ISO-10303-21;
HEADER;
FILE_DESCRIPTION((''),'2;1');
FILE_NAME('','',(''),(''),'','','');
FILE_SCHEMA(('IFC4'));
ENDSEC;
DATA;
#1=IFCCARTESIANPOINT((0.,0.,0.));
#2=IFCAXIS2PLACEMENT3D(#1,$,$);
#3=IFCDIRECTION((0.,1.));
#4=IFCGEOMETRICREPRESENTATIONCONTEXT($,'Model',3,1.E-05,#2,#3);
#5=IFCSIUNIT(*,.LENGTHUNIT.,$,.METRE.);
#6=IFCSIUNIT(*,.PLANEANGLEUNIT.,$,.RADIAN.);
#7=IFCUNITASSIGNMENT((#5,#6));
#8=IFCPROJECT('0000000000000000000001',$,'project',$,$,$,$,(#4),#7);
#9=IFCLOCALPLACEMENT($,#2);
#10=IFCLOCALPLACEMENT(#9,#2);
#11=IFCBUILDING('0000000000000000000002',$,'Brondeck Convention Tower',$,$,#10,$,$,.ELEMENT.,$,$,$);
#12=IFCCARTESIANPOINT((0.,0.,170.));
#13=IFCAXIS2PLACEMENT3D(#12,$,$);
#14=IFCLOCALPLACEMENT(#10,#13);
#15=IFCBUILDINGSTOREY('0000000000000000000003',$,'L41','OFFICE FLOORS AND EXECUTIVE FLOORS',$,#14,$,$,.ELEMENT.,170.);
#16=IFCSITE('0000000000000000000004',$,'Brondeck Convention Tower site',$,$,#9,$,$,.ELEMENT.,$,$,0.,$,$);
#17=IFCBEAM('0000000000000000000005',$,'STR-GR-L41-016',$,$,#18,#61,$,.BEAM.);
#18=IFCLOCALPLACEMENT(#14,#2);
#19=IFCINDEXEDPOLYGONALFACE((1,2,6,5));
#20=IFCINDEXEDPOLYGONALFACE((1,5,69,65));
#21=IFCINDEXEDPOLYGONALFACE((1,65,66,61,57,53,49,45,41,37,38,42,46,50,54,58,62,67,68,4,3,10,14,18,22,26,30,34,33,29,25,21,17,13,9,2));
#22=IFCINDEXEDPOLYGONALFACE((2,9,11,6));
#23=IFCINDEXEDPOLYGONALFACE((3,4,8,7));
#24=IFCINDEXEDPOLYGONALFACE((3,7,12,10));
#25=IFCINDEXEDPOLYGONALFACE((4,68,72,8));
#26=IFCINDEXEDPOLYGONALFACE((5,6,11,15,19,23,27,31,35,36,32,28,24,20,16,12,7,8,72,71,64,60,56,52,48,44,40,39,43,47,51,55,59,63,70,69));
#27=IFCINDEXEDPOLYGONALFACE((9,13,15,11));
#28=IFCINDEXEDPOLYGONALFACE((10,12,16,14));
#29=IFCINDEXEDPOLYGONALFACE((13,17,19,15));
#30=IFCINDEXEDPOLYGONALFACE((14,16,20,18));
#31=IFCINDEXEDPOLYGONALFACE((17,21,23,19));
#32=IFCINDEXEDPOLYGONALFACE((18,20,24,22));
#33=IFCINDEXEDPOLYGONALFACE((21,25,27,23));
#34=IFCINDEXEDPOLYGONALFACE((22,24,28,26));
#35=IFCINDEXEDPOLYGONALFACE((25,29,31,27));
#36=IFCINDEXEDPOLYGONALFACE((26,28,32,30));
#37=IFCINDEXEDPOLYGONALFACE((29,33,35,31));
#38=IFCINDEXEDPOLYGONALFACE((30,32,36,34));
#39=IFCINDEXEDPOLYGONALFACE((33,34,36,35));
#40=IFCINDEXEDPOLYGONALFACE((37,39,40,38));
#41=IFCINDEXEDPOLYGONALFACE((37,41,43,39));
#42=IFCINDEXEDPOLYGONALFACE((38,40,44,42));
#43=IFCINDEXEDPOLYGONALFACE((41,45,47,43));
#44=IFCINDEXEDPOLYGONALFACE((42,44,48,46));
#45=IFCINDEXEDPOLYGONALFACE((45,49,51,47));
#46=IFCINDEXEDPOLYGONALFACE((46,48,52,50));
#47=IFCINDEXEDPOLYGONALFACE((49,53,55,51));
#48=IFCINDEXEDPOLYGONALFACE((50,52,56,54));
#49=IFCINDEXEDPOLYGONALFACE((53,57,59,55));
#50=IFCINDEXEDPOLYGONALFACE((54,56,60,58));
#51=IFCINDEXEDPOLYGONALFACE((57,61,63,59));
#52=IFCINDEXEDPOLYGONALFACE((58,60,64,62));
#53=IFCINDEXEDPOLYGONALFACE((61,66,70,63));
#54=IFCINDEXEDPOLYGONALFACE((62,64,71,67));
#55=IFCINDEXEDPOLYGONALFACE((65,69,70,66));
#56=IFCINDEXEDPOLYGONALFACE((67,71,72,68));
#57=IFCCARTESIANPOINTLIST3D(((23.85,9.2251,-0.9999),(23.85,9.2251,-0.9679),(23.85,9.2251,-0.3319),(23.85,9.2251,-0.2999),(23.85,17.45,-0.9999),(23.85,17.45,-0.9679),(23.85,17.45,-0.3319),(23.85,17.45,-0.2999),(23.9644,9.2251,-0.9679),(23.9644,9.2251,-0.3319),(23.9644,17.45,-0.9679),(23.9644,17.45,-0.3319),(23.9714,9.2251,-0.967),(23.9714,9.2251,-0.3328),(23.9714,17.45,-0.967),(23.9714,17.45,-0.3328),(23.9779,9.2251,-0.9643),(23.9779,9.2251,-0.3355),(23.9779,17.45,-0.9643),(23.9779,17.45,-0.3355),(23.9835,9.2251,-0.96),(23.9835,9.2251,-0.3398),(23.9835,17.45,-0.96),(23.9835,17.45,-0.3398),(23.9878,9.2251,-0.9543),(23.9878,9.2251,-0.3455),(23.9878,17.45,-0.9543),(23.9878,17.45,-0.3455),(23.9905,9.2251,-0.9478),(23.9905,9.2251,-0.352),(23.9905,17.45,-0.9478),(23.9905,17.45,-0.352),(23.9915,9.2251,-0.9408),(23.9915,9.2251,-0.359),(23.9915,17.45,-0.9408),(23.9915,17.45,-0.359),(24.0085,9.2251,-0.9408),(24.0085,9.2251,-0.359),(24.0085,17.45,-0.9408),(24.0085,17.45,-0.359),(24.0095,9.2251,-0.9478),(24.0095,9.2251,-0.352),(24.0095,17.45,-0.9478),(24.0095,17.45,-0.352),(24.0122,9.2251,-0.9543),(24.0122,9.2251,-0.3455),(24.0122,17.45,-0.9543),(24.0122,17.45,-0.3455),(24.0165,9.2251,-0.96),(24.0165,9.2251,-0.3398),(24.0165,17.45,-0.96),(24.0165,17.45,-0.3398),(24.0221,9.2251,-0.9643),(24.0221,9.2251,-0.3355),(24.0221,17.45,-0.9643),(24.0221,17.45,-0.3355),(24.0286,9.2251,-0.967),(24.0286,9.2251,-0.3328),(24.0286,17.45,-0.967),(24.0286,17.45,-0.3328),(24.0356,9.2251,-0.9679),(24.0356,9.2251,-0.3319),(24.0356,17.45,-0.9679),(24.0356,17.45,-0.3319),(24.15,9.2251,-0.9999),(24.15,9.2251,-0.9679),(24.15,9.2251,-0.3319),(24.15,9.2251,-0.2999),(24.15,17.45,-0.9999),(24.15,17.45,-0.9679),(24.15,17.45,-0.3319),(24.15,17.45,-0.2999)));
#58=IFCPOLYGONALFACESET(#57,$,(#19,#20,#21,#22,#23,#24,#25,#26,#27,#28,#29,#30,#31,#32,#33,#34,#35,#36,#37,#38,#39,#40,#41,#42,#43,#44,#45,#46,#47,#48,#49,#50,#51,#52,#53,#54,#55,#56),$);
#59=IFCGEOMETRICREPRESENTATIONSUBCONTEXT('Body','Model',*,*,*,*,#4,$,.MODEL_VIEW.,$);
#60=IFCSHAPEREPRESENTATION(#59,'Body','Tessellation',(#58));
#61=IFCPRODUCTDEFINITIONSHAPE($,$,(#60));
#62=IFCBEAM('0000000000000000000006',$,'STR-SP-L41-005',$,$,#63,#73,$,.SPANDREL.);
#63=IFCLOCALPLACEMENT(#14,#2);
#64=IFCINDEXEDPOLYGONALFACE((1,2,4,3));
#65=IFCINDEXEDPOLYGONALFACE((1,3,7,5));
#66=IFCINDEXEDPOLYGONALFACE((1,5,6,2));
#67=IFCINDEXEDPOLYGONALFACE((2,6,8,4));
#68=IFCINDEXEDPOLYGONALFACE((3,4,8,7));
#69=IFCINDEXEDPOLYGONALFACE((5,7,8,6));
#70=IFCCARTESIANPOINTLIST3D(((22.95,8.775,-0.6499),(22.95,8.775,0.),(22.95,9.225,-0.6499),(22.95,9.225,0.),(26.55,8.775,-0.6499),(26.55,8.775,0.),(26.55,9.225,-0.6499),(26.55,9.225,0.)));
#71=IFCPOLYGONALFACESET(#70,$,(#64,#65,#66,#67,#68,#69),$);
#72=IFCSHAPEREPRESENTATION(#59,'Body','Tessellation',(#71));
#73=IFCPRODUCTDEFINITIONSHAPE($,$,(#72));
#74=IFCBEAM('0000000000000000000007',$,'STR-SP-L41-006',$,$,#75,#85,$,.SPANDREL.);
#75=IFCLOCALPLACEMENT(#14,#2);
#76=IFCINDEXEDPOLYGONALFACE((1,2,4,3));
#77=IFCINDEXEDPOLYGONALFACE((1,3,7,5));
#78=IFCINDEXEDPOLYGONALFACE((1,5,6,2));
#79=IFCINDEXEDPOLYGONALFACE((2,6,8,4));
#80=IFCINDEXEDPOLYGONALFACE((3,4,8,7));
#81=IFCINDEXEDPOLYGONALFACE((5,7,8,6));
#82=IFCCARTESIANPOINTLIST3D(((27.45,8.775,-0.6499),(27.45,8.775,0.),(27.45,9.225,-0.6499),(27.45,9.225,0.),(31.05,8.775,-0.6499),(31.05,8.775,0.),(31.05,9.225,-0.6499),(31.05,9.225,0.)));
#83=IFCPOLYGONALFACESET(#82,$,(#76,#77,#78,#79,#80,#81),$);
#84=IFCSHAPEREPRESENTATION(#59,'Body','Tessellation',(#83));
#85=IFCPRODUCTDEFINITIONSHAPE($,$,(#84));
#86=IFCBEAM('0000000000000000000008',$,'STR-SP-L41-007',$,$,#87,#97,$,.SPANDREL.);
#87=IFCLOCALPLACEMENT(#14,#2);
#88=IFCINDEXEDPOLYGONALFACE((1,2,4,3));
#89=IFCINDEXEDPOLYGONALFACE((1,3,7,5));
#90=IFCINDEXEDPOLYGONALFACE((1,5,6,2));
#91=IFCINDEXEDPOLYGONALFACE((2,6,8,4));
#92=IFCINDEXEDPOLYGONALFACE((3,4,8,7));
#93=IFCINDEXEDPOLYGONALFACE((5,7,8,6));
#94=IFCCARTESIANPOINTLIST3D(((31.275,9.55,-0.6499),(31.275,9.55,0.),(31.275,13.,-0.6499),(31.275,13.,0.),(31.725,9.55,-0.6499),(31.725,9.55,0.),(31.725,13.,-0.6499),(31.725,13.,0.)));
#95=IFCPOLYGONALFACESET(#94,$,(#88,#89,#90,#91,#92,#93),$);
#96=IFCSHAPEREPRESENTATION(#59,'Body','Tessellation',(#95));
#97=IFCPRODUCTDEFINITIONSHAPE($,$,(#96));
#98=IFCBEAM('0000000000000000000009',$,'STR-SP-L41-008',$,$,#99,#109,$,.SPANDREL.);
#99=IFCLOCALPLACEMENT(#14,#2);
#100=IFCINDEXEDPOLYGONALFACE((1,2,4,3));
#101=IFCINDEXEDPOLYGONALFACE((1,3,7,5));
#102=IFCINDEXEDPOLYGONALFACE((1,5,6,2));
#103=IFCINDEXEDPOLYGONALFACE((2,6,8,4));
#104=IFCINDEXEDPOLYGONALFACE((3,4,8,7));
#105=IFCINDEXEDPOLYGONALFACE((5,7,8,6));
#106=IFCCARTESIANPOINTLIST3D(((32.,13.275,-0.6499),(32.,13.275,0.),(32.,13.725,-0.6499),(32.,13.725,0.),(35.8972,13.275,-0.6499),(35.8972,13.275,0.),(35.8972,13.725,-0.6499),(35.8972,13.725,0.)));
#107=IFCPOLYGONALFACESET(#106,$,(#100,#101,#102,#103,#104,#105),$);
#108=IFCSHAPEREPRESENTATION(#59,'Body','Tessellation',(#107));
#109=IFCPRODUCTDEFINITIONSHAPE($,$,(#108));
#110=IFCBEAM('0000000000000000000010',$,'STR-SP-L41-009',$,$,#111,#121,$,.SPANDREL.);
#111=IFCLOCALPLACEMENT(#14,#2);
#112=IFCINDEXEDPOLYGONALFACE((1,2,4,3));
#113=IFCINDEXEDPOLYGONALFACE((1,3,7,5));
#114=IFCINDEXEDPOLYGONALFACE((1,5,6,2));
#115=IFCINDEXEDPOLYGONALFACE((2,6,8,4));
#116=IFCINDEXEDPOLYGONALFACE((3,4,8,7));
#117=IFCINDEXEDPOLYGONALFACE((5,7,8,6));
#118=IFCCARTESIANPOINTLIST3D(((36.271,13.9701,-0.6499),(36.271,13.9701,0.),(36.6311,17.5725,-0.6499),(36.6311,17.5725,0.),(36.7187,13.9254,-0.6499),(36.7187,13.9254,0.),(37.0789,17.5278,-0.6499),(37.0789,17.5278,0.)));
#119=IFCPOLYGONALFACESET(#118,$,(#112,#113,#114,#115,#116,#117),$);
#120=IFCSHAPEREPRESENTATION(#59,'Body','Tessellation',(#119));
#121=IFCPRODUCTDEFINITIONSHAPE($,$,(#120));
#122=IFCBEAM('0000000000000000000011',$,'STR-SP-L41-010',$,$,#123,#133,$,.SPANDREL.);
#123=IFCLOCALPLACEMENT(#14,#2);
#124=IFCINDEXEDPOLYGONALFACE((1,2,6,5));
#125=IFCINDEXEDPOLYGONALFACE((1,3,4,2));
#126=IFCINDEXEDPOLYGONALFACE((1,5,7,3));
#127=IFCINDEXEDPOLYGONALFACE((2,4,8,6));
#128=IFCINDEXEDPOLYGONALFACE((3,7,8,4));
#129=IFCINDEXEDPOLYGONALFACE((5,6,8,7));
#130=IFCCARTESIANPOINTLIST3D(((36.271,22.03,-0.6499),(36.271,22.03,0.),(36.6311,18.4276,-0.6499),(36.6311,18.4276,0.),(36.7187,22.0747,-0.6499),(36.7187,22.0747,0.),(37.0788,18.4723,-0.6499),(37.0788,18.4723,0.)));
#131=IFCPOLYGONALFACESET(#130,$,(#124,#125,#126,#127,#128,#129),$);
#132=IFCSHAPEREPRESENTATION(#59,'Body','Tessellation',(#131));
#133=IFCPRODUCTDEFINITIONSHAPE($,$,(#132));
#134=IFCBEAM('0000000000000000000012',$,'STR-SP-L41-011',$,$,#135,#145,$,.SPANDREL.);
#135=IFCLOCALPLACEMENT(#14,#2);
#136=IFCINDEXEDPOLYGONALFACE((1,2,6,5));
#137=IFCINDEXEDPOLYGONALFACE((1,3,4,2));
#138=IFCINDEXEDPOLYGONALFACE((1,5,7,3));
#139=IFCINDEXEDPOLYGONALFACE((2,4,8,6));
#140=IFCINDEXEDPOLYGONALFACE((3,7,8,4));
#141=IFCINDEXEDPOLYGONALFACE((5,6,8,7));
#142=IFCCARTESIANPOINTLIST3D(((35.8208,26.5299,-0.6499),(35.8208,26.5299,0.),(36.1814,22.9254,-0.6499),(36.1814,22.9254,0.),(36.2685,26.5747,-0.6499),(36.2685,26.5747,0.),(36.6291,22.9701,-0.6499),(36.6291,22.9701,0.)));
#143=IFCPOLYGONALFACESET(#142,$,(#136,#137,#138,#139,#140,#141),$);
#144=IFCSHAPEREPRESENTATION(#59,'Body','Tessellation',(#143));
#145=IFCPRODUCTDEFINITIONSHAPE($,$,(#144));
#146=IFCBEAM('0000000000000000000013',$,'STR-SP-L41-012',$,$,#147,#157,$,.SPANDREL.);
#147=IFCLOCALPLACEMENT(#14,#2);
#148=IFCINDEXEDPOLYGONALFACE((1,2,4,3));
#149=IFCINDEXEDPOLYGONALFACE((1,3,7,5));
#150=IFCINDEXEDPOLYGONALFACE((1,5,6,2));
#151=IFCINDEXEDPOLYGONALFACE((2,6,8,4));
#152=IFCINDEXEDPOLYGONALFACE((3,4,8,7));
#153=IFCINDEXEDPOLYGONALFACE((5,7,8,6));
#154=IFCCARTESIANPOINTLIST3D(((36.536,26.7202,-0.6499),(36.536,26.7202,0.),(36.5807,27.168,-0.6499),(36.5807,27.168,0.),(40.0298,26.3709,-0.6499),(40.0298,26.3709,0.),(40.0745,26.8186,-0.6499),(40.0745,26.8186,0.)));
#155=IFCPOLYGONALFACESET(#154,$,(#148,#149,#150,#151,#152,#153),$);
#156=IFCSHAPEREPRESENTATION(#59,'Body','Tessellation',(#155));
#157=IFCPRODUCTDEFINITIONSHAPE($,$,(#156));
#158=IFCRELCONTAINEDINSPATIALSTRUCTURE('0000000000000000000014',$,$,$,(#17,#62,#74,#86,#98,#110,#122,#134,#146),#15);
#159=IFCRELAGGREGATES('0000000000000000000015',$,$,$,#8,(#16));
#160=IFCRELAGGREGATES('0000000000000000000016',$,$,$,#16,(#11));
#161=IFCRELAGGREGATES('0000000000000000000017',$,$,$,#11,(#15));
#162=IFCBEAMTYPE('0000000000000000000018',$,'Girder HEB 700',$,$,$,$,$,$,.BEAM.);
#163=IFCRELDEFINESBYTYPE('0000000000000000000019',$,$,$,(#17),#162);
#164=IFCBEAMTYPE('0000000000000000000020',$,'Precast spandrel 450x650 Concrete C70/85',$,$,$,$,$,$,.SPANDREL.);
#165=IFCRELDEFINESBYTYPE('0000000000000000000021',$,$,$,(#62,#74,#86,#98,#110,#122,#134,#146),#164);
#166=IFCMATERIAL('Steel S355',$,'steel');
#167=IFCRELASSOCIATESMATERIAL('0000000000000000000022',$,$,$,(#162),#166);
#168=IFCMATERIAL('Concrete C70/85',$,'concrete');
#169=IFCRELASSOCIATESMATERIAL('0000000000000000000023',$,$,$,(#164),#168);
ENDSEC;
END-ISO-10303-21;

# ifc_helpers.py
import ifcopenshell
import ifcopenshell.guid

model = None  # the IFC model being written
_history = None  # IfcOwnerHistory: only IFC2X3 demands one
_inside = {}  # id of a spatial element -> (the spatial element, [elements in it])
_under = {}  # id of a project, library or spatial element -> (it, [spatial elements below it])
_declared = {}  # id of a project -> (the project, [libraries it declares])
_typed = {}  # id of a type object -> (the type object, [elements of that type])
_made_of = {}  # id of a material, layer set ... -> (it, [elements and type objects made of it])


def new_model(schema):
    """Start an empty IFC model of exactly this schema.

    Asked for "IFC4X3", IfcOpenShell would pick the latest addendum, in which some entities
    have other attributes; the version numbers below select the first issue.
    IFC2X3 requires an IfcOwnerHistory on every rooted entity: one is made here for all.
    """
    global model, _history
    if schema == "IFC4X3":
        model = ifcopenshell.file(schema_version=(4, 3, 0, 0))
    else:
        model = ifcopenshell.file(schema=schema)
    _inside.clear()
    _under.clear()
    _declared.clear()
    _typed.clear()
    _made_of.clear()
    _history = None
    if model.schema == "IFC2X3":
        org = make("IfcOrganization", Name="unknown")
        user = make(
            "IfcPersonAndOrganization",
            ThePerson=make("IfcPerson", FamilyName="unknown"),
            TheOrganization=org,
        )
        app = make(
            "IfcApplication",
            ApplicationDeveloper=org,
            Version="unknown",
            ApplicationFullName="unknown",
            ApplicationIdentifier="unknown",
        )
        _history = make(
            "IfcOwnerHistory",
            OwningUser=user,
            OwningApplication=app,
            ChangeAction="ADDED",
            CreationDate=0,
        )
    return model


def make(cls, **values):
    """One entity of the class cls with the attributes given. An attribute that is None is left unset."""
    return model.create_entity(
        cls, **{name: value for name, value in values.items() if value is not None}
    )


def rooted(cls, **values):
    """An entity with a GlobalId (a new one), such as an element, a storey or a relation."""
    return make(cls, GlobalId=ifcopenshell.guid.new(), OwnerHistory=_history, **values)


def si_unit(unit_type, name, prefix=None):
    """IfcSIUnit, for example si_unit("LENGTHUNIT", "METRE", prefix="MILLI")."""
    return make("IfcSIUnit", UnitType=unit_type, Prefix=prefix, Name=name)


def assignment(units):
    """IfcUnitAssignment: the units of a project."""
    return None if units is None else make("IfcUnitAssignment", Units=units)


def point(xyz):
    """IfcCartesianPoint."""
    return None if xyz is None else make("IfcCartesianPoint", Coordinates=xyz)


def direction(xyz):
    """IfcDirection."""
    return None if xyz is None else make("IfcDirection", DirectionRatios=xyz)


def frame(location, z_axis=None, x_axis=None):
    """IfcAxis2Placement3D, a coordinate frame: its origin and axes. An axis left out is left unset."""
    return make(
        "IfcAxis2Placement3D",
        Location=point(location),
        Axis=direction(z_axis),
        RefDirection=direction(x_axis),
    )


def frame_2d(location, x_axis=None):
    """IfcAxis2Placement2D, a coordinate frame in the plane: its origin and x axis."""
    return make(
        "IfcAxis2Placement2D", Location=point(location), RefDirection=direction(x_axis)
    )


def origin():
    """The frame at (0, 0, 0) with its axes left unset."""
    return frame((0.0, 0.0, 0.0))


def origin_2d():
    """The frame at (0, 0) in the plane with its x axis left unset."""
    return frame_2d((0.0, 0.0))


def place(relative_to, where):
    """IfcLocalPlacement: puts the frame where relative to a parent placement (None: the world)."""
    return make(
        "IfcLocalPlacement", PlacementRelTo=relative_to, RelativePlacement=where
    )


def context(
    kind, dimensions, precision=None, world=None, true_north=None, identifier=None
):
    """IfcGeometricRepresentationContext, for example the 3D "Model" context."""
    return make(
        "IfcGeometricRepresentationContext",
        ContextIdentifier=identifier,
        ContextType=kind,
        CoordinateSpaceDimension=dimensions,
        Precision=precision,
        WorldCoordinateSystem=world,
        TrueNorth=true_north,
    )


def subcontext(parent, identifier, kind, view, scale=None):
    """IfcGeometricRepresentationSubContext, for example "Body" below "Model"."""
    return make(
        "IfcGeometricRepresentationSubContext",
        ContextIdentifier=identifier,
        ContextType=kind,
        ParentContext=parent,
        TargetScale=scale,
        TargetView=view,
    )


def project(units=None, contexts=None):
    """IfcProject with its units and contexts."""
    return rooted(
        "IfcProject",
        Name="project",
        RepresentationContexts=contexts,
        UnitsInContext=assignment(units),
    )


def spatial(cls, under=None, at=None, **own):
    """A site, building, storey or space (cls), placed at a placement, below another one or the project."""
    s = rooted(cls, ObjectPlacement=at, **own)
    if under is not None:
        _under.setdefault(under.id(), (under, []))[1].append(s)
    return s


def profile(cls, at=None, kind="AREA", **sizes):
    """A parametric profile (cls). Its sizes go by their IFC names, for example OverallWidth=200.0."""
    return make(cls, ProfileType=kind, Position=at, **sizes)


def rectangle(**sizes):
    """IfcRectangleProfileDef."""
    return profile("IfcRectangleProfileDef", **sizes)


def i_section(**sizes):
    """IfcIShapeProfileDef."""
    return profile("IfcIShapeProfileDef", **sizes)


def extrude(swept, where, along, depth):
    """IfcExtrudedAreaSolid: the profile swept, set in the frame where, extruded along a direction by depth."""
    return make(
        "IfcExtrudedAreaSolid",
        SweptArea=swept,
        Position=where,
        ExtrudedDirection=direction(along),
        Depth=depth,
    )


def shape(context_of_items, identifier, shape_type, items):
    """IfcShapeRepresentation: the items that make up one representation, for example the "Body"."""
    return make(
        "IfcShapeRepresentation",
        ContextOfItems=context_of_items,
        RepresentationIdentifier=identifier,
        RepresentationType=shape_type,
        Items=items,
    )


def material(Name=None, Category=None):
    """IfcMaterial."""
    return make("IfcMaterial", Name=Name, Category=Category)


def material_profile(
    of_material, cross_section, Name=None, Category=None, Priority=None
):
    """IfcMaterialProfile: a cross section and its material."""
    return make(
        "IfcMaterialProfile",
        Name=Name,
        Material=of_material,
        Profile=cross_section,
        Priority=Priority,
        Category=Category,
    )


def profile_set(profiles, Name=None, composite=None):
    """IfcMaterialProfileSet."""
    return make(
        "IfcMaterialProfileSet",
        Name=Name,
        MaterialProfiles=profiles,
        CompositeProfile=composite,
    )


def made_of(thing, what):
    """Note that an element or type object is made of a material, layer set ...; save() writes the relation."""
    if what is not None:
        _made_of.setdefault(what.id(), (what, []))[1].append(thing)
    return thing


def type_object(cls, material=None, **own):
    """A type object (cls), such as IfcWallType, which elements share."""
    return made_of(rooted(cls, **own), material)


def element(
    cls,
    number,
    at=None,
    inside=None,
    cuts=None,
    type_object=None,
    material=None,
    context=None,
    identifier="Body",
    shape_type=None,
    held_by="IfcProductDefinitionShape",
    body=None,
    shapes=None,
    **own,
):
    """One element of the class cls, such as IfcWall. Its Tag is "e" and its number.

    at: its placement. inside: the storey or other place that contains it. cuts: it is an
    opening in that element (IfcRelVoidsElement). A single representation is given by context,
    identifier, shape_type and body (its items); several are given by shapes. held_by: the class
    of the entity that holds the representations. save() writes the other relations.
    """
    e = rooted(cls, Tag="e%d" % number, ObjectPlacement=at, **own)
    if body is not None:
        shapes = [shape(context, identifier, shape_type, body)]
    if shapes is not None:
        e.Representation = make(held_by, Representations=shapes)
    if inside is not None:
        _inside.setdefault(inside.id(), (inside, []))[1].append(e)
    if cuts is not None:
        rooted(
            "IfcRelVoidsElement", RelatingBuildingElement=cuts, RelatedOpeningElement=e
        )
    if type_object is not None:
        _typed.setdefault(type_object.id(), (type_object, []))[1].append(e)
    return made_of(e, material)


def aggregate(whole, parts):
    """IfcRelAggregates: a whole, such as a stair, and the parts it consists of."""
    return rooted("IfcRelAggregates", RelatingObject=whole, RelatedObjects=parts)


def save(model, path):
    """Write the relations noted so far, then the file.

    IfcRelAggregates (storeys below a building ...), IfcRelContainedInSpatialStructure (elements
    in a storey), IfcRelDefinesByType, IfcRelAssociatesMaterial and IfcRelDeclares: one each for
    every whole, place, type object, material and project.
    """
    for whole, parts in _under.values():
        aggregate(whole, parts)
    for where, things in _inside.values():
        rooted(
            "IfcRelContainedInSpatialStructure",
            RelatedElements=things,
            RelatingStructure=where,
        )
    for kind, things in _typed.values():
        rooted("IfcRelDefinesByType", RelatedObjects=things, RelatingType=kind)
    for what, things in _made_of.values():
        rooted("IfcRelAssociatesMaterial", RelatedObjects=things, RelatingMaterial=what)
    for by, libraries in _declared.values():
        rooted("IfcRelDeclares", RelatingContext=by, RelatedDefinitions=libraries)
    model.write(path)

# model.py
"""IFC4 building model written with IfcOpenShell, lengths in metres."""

from ifc_helpers import new_model, si_unit, direction, frame, origin, origin_2d, place, context, subcontext, project, spatial, rectangle, i_section, extrude, material, material_profile, profile_set, type_object, element, save


model = new_model("IFC4")

# Units and contexts
model_context = context("Model", 3, precision=1e-05, world=origin(), true_north=direction((0.0, 1.0)))
body_context = subcontext(model_context, "Body", "Model", "MODEL_VIEW")
ifc_project = project(units=[si_unit("LENGTHUNIT", "METRE"), si_unit("PLANEANGLEUNIT", "RADIAN")], contexts=[model_context])

# Site, building, storey
site_placement = place(None, origin())
site = spatial("IfcSite", under=ifc_project, at=site_placement, Name="Brondeck Convention Tower site", CompositionType="ELEMENT", RefElevation=0.0)
building_placement = place(site_placement, origin())
building = spatial("IfcBuilding", under=site, at=building_placement, Name="Brondeck Convention Tower", CompositionType="ELEMENT")
storey_placement = place(building_placement, frame((0.0, 0.0, 170.0)))
storey = spatial("IfcBuildingStorey", under=building, at=storey_placement, Name="L41", Description="OFFICE FLOORS AND EXECUTIVE FLOORS", CompositionType="ELEMENT", Elevation=170.0)

# Shared definitions
ifc_material_1 = material(Name="Concrete C70/85", Category="concrete")

# Beams
ifc_material_2 = material(Name="Steel S355", Category="steel")
ifc_material_profile_1 = material_profile(ifc_material_2, i_section(OverallWidth=0.3, OverallDepth=0.7, WebThickness=0.0171, FlangeThickness=0.032, FilletRadius=0.0271, at=origin_2d()), Name="HEB 700")
ifc_profile_set_1 = profile_set([ifc_material_profile_1], Name="Steel S355")
beam_type_1 = type_object("IfcBeamType", Name="Girder HEB 700", PredefinedType="BEAM", material=ifc_profile_set_1)
beam_1_placement = place(storey_placement, frame((24.0, 17.45, -0.6499), z_axis=(0.0, -1.0, 0.0), x_axis=(1.0, 0.0, 0.0)))
element("IfcBeam", 1, at=beam_1_placement, inside=storey, type_object=beam_type_1, Name="STR-GR-L41-016", PredefinedType="BEAM", context=body_context, shape_type="SweptSolid", body=[
    extrude(i_section(OverallWidth=0.3, OverallDepth=0.7, WebThickness=0.0171, FlangeThickness=0.032, FilletRadius=0.0271, at=origin_2d()), origin(), (0.0, 0.0, 1.0), 8.2249),
])
ifc_material_profile_2 = material_profile(ifc_material_1, rectangle(XDim=0.45, YDim=0.6499, at=origin_2d()), Name="Precast spandrel 450x650 Concrete C70/85")
ifc_profile_set_2 = profile_set([ifc_material_profile_2], Name="Concrete C70/85")
beam_type_2 = type_object("IfcBeamType", Name="Precast spandrel 450x650 Concrete C70/85", PredefinedType="SPANDREL", material=ifc_profile_set_2)
for number, where, z_axis, x_axis, name in (
    (2, (22.95, 9.0, -0.325), (1.0, 0.0, 0.0), (0.0, 1.0, 0.0), "STR-SP-L41-005"),
    (3, (27.45, 9.0, -0.325), (1.0, 0.0, 0.0), (0.0, 1.0, 0.0), "STR-SP-L41-006"),
):
    element("IfcBeam", number, at=place(storey_placement, frame(where, z_axis=z_axis, x_axis=x_axis)), inside=storey, type_object=beam_type_2, Name=name, PredefinedType="SPANDREL", context=body_context, shape_type="SweptSolid", body=[
        extrude(rectangle(XDim=0.45, YDim=0.6499, at=origin_2d()), origin(), (0.0, 0.0, 1.0), 3.6001),
    ])
beam_2_placement = place(storey_placement, frame((31.5, 9.55, -0.325), z_axis=(0.0, 1.0, 0.0), x_axis=(-1.0, 0.0, 0.0)))
element("IfcBeam", 4, at=beam_2_placement, inside=storey, type_object=beam_type_2, Name="STR-SP-L41-007", PredefinedType="SPANDREL", context=body_context, shape_type="SweptSolid", body=[
    extrude(rectangle(XDim=0.45, YDim=0.6499, at=origin_2d()), origin(), (0.0, 0.0, 1.0), 3.45),
])
beam_3_placement = place(storey_placement, frame((32.0, 13.5, -0.325), z_axis=(1.0, 0.0, 0.0), x_axis=(0.0, 1.0, 0.0)))
element("IfcBeam", 5, at=beam_3_placement, inside=storey, type_object=beam_type_2, Name="STR-SP-L41-008", PredefinedType="SPANDREL", context=body_context, shape_type="SweptSolid", body=[
    extrude(rectangle(XDim=0.45, YDim=0.6499, at=origin_2d()), origin(), (0.0, 0.0, 1.0), 3.8972),
])
for number, where, z_axis, x_axis, name in (
    (6, (36.4949, 13.9478, -0.325), (0.09947, 0.995041, 0.0), (-0.995041, 0.09947, 0.0), "STR-SP-L41-009"),
    (7, (36.855, 18.45, -0.325), (-0.09947, 0.995041, 0.0), (-0.995041, -0.09947, 0.0), "STR-SP-L41-010"),
):
    element("IfcBeam", number, at=place(storey_placement, frame(where, z_axis=z_axis, x_axis=x_axis)), inside=storey, type_object=beam_type_2, Name=name, PredefinedType="SPANDREL", context=body_context, shape_type="SweptSolid", body=[
        extrude(rectangle(XDim=0.45, YDim=0.6499, at=origin_2d()), origin(), (0.0, 0.0, 1.0), 3.6204),
    ])
beam_4_placement = place(storey_placement, frame((36.4053, 22.9478, -0.325), z_axis=(-0.099544, 0.995033, 0.0), x_axis=(-0.995033, -0.099544, 0.0)))
element("IfcBeam", 8, at=beam_4_placement, inside=storey, type_object=beam_type_2, Name="STR-SP-L41-011", PredefinedType="SPANDREL", context=body_context, shape_type="SweptSolid", body=[
    extrude(rectangle(XDim=0.45, YDim=0.6499, at=origin_2d()), origin(), (0.0, 0.0, 1.0), 3.6226),
])
beam_5_placement = place(storey_placement, frame((36.5583, 26.9441, -0.325), z_axis=(0.995038, -0.099497, 0.0), x_axis=(0.099497, 0.995038, 0.0)))
element("IfcBeam", 9, at=beam_5_placement, inside=storey, type_object=beam_type_2, Name="STR-SP-L41-012", PredefinedType="SPANDREL", context=body_context, shape_type="SweptSolid", body=[
    extrude(rectangle(XDim=0.45, YDim=0.6499, at=origin_2d()), origin(), (0.0, 0.0, 1.0), 3.5112),
])

save(model, "model.ifc")
